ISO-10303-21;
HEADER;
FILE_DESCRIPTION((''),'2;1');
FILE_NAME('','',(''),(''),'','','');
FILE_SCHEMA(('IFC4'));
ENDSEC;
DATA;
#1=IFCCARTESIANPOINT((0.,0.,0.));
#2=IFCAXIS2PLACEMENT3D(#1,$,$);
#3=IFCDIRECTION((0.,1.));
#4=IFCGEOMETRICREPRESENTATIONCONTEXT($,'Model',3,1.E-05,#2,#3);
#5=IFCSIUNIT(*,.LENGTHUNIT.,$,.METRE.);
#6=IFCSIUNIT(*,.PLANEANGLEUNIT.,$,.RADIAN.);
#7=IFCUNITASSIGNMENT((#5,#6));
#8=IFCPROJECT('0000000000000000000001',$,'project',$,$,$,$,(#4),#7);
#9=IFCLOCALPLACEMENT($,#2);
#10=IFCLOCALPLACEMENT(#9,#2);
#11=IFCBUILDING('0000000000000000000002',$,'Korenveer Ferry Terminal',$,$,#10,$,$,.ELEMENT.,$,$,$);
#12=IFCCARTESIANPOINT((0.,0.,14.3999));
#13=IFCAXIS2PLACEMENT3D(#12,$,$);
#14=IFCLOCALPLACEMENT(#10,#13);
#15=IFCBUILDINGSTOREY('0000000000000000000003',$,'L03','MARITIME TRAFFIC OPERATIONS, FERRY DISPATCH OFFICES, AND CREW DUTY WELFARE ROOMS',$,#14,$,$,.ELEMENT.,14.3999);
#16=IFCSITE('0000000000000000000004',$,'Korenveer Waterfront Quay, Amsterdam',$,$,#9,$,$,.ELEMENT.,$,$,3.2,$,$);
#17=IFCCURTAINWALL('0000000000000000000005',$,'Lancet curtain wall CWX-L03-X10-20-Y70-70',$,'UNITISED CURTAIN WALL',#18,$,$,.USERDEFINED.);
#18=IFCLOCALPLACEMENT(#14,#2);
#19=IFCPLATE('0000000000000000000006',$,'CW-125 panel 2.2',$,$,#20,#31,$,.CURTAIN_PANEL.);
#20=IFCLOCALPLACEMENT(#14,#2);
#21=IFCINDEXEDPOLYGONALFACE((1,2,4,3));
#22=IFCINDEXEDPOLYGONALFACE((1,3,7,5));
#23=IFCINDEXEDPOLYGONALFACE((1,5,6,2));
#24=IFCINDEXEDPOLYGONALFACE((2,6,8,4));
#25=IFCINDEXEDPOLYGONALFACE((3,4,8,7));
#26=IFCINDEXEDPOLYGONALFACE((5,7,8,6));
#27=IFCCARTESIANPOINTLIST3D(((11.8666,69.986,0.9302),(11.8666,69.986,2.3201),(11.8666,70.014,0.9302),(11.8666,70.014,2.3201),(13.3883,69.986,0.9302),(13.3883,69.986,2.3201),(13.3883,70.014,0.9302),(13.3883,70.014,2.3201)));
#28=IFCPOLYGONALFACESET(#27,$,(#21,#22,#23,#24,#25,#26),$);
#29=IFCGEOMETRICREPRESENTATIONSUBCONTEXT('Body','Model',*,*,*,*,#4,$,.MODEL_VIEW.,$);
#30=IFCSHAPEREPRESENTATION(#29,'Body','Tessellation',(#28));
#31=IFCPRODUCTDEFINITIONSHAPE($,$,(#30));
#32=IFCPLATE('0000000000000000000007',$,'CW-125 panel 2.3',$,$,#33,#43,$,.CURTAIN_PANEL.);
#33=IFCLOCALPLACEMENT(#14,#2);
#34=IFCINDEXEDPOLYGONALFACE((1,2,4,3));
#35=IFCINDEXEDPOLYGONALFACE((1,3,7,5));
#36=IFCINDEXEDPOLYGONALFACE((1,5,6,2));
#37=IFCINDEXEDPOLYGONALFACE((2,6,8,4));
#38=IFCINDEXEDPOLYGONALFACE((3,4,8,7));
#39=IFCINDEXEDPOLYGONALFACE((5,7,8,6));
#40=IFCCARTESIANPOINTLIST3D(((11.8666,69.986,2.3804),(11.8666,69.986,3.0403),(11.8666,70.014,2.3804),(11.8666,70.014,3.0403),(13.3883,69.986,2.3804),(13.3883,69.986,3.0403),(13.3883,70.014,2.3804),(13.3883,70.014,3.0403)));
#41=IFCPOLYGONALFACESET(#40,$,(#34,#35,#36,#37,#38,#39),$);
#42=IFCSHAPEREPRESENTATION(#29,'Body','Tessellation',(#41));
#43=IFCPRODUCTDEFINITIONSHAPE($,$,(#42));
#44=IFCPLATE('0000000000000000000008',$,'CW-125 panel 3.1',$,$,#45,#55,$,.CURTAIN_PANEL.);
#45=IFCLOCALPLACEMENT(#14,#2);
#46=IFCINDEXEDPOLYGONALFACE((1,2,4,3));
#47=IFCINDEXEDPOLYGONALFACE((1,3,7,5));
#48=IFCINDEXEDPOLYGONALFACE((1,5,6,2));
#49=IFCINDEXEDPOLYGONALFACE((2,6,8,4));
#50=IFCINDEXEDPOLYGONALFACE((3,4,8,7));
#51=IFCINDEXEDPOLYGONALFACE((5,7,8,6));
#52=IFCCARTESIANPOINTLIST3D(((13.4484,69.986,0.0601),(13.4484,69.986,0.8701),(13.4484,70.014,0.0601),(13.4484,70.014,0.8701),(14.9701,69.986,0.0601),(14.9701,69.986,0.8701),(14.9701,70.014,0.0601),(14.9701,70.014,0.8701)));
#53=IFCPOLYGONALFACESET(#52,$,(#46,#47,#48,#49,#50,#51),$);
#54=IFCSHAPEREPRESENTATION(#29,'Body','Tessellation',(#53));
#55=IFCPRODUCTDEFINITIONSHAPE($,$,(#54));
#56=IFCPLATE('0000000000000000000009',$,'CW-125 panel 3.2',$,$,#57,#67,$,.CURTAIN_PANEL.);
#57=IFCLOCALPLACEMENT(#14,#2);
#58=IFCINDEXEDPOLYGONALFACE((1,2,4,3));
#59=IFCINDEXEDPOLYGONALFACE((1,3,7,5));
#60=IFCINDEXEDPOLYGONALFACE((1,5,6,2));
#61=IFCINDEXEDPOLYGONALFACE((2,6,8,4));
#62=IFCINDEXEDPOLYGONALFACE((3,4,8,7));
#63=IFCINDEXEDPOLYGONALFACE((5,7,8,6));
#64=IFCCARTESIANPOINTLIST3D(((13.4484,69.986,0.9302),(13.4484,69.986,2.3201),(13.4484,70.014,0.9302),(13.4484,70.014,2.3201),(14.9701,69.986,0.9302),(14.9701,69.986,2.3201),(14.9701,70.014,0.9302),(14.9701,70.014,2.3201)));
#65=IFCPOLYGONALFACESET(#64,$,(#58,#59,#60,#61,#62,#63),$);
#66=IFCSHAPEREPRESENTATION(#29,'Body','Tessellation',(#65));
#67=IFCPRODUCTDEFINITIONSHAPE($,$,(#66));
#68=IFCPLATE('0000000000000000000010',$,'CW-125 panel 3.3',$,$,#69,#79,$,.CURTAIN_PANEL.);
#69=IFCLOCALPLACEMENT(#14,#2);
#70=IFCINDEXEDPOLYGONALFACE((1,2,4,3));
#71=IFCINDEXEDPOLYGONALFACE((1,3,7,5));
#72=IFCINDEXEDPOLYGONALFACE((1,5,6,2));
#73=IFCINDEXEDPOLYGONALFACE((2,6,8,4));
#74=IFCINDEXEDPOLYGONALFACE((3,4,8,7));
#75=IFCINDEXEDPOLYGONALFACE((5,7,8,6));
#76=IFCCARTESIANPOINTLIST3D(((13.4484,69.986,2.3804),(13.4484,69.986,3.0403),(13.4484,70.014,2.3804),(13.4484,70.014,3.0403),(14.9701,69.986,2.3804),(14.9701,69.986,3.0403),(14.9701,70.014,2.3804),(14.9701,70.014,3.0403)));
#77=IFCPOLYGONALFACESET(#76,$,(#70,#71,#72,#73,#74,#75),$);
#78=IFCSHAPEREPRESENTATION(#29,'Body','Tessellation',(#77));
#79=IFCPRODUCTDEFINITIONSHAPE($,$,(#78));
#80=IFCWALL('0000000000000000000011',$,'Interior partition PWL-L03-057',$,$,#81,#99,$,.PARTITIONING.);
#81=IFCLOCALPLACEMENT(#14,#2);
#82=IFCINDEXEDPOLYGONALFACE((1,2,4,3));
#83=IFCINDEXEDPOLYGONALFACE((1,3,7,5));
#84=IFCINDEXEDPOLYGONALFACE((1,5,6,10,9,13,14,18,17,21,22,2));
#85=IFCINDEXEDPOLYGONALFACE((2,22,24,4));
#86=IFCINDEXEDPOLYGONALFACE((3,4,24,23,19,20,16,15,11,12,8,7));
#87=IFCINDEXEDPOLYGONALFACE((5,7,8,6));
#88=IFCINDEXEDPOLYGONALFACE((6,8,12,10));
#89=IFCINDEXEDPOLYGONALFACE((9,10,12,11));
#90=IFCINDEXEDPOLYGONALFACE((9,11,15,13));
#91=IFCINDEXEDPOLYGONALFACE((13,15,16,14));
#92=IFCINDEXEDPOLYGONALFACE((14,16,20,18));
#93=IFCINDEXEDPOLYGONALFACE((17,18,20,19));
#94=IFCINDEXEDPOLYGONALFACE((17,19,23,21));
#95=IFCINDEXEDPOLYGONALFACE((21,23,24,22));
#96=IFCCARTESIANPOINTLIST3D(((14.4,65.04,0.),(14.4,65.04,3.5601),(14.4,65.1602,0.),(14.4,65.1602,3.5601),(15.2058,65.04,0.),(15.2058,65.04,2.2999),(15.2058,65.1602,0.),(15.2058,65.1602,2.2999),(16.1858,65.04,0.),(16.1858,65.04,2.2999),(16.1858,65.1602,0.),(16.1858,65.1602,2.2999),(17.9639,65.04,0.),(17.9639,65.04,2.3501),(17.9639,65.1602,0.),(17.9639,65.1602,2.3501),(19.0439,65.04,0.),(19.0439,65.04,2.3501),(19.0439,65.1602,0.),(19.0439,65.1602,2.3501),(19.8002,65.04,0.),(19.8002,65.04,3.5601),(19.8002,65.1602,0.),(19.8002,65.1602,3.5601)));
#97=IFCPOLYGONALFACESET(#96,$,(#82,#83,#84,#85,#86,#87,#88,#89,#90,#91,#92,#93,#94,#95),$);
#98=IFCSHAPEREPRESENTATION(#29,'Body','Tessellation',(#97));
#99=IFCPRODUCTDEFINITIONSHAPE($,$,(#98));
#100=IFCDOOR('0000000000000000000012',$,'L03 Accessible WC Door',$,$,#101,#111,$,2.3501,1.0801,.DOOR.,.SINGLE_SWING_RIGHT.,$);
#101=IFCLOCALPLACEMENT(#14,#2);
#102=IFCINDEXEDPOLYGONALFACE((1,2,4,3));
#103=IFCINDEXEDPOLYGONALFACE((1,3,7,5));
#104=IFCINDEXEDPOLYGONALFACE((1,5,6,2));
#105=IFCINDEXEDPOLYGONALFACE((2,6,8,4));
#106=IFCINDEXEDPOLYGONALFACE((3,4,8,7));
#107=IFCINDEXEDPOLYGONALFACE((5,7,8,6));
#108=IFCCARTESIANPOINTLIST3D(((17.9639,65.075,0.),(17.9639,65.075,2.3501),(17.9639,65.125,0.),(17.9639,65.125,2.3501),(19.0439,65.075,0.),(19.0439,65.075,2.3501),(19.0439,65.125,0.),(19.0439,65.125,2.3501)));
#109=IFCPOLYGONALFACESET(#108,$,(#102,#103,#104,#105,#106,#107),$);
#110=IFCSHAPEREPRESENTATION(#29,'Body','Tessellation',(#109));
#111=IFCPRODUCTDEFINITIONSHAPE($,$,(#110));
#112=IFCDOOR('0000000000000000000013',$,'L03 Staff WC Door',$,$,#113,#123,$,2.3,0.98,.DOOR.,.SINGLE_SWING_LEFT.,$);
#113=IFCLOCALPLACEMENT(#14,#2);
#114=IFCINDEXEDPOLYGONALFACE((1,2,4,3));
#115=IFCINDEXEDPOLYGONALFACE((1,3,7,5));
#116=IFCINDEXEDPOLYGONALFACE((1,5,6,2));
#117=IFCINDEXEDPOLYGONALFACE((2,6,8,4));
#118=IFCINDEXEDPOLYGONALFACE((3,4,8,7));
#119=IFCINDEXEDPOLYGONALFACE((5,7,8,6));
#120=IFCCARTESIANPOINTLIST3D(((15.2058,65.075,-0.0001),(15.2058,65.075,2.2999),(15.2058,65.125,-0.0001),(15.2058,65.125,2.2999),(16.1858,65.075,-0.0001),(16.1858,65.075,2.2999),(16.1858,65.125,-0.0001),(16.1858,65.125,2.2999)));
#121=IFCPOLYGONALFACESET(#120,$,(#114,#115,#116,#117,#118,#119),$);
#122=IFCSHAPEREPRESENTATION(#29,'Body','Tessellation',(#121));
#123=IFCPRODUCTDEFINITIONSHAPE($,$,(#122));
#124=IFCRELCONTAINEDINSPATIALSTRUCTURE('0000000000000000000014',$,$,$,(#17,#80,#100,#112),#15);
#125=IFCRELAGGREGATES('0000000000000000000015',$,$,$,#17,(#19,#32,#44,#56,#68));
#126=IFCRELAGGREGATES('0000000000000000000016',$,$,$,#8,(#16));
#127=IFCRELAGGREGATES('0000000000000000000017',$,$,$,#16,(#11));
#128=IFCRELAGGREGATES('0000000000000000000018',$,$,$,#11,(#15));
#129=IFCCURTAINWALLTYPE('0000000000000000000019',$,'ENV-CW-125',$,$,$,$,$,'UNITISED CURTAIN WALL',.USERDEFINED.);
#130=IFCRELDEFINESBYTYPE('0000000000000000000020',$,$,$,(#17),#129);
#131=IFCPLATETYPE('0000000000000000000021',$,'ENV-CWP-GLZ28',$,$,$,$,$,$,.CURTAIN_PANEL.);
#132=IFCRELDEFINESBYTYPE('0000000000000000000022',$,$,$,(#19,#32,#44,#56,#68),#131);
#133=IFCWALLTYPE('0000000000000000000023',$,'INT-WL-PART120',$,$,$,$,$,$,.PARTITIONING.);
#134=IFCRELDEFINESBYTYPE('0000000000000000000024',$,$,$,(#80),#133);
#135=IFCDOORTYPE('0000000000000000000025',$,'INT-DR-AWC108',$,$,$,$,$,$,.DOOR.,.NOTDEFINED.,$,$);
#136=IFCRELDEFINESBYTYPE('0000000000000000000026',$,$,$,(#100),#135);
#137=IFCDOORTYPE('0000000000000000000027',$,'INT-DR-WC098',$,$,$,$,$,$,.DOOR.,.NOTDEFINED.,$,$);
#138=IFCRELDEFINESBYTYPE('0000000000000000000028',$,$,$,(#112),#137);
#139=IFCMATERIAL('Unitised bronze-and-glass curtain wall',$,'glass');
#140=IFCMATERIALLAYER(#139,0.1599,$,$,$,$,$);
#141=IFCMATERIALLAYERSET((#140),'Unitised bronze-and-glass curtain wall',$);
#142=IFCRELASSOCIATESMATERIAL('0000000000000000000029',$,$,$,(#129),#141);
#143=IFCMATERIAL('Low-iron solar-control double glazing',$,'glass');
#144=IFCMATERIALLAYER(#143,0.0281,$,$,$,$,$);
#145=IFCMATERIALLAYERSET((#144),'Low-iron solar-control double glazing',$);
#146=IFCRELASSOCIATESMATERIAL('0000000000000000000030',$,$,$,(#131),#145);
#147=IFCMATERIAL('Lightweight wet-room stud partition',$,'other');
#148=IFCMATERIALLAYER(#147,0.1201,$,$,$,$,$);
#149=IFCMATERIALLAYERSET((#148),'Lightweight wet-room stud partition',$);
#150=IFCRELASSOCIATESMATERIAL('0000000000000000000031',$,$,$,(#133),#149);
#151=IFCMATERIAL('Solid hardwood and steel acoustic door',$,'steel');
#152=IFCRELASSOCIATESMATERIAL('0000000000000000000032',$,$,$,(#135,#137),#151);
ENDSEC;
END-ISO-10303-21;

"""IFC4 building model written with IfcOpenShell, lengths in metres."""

from ifc_helpers import new_model, si_unit, direction, frame, frame_2d, origin, origin_2d, place, context, subcontext, project, spatial, rectangle, extrude, material, layer, layer_set, type_object, element, fill, aggregate, save


model = new_model("IFC4")

# Units and contexts
model_context = context("Model", 3, precision=1e-05, world=origin(), true_north=direction((0.0, 1.0)))
body_context = subcontext(model_context, "Body", "Model", "MODEL_VIEW")
ifc_project = project(units=[si_unit("LENGTHUNIT", "METRE"), si_unit("PLANEANGLEUNIT", "RADIAN")], contexts=[model_context])

# Site, building, storey
site_placement = place(None, origin())
site = spatial("IfcSite", under=ifc_project, at=site_placement, Name="Korenveer Waterfront Quay, Amsterdam", CompositionType="ELEMENT", RefElevation=3.2)
building_placement = place(site_placement, origin())
building = spatial("IfcBuilding", under=site, at=building_placement, Name="Korenveer Ferry Terminal", CompositionType="ELEMENT")
storey_placement = place(building_placement, frame((0.0, 0.0, 14.3999)))
storey = spatial("IfcBuildingStorey", under=building, at=storey_placement, Name="L03", Description="MARITIME TRAFFIC OPERATIONS, FERRY DISPATCH OFFICES, AND CREW DUTY WELFARE ROOMS", CompositionType="ELEMENT", Elevation=14.3999)

# Curtain wall, plates
ifc_material_1 = material(Name="Unitised bronze-and-glass curtain wall", Category="glass")
ifc_layer_1 = layer(ifc_material_1, 0.1599)
ifc_layer_set_1 = layer_set([ifc_layer_1], Name="Unitised bronze-and-glass curtain wall")
curtain_wall_type = type_object("IfcCurtainWallType", Name="ENV-CW-125", ElementType="UNITISED CURTAIN WALL", PredefinedType="USERDEFINED", material=ifc_layer_set_1)
curtain_wall_placement = place(storey_placement, frame((10.2549, 70.0, 0.0)))
curtain_wall = element("IfcCurtainWall", 1, at=curtain_wall_placement, inside=storey, type_object=curtain_wall_type, Name="Lancet curtain wall CWX-L03-X10-20-Y70-70", ObjectType="UNITISED CURTAIN WALL", PredefinedType="USERDEFINED")
ifc_material_2 = material(Name="Low-iron solar-control double glazing", Category="glass")
ifc_layer_2 = layer(ifc_material_2, 0.0281)
ifc_layer_set_2 = layer_set([ifc_layer_2], Name="Low-iron solar-control double glazing")
plate_type = type_object("IfcPlateType", Name="ENV-CWP-GLZ28", PredefinedType="CURTAIN_PANEL", material=ifc_layer_set_2)
plate_1_placement = place(storey_placement, frame((12.6274, 70.0, 0.9302), z_axis=(0.0, 0.0, 1.0), x_axis=(1.0, 0.0, 0.0)))
plate_1 = element("IfcPlate", 2, at=plate_1_placement, type_object=plate_type, Name="CW-125 panel 2.2", PredefinedType="CURTAIN_PANEL", context=body_context, shape_type="SweptSolid", body=[
    extrude(rectangle(XDim=1.5217, YDim=0.0281, at=origin_2d()), origin(), (0.0, 0.0, 1.0), 1.3899),
])
plate_2_placement = place(storey_placement, frame((12.6274, 70.0, 2.3804), z_axis=(0.0, 0.0, 1.0), x_axis=(1.0, 0.0, 0.0)))
plate_2 = element("IfcPlate", 3, at=plate_2_placement, type_object=plate_type, Name="CW-125 panel 2.3", PredefinedType="CURTAIN_PANEL", context=body_context, shape_type="SweptSolid", body=[
    extrude(rectangle(XDim=1.5217, YDim=0.0281, at=origin_2d()), origin(), (0.0, 0.0, 1.0), 0.6599),
])
plate_3_placement = place(storey_placement, frame((14.2092, 70.0, 0.0601), z_axis=(0.0, 0.0, 1.0), x_axis=(1.0, 0.0, 0.0)))
plate_3 = element("IfcPlate", 4, at=plate_3_placement, type_object=plate_type, Name="CW-125 panel 3.1", PredefinedType="CURTAIN_PANEL", context=body_context, shape_type="SweptSolid", body=[
    extrude(rectangle(XDim=1.5217, YDim=0.0281, at=origin_2d()), origin(), (0.0, 0.0, 1.0), 0.8101),
])
plate_4_placement = place(storey_placement, frame((14.2092, 70.0, 0.9302), z_axis=(0.0, 0.0, 1.0), x_axis=(1.0, 0.0, 0.0)))
plate_4 = element("IfcPlate", 5, at=plate_4_placement, type_object=plate_type, Name="CW-125 panel 3.2", PredefinedType="CURTAIN_PANEL", context=body_context, shape_type="SweptSolid", body=[
    extrude(rectangle(XDim=1.5217, YDim=0.0281, at=origin_2d()), origin(), (0.0, 0.0, 1.0), 1.3899),
])
plate_5_placement = place(storey_placement, frame((14.2092, 70.0, 2.3804), z_axis=(0.0, 0.0, 1.0), x_axis=(1.0, 0.0, 0.0)))
plate_5 = element("IfcPlate", 6, at=plate_5_placement, type_object=plate_type, Name="CW-125 panel 3.3", PredefinedType="CURTAIN_PANEL", context=body_context, shape_type="SweptSolid", body=[
    extrude(rectangle(XDim=1.5217, YDim=0.0281, at=origin_2d()), origin(), (0.0, 0.0, 1.0), 0.6599),
])
aggregate(curtain_wall, [plate_1, plate_2, plate_3, plate_4, plate_5])

# Wall, openings, doors
ifc_material_3 = material(Name="Lightweight wet-room stud partition", Category="other")
ifc_layer_3 = layer(ifc_material_3, 0.1201)
ifc_layer_set_3 = layer_set([ifc_layer_3], Name="Lightweight wet-room stud partition")
wall_type = type_object("IfcWallType", Name="INT-WL-PART120", PredefinedType="PARTITIONING", material=ifc_layer_set_3)
wall_placement = place(storey_placement, frame((14.3999, 65.1001, 0.0), z_axis=(0.0, 0.0, 1.0), x_axis=(1.0, 0.0, 0.0)))
wall = element("IfcWall", 7, at=wall_placement, inside=storey, type_object=wall_type, Name="Interior partition PWL-L03-057", PredefinedType="PARTITIONING", context=body_context, shape_type="SweptSolid", body=[
    extrude(rectangle(XDim=5.4001, YDim=0.1201, at=frame_2d((2.7002, 0.0))), origin(), (0.0, 0.0, 1.0), 3.5601),
])
opening_1_placement = place(wall_placement, frame((0.8059, 0.0, 0.0)))
opening_1 = element("IfcOpeningElement", 8, at=opening_1_placement, cuts=wall, PredefinedType="OPENING", context=body_context, shape_type="SweptSolid", body=[
    extrude(rectangle(XDim=0.98, YDim=2.3, at=frame_2d((0.49, 1.1499))), frame((0.0, 0.0701, 0.0), z_axis=(0.0, -1.0, 0.0), x_axis=(1.0, 0.0, 0.0)), (0.0, 0.0, 1.0), 0.1401),
])
opening_2_placement = place(wall_placement, frame((3.564, 0.0, 0.0)))
opening_2 = element("IfcOpeningElement", 9, at=opening_2_placement, cuts=wall, PredefinedType="OPENING", context=body_context, shape_type="SweptSolid", body=[
    extrude(rectangle(XDim=1.0801, YDim=2.3501, at=frame_2d((0.54, 1.175))), frame((0.0, 0.0701, 0.0), z_axis=(0.0, -1.0, 0.0), x_axis=(1.0, 0.0, 0.0)), (0.0, 0.0, 1.0), 0.1401),
])
ifc_material_4 = material(Name="Solid hardwood and steel acoustic door", Category="steel")
door_type_1 = type_object("IfcDoorType", Name="INT-DR-AWC108", OperationType="NOTDEFINED", PredefinedType="DOOR", material=ifc_material_4)
door_1_placement = place(opening_2_placement, origin())
door_1 = element("IfcDoor", 10, at=door_1_placement, inside=storey, type_object=door_type_1, Name="L03 Accessible WC Door", OperationType="SINGLE_SWING_RIGHT", OverallHeight=2.3501, OverallWidth=1.0801, PredefinedType="DOOR", context=body_context, shape_type="SweptSolid", body=[
    extrude(rectangle(XDim=1.0801, YDim=2.3501, at=frame_2d((0.54, 1.175))), frame((0.0, 0.0249, 0.0), z_axis=(0.0, -1.0, 0.0), x_axis=(1.0, 0.0, 0.0)), (0.0, 0.0, 1.0), 0.05),
])
fill(opening_2, door_1)
door_type_2 = type_object("IfcDoorType", Name="INT-DR-WC098", OperationType="NOTDEFINED", PredefinedType="DOOR", material=ifc_material_4)
door_2_placement = place(opening_1_placement, origin())
door_2 = element("IfcDoor", 11, at=door_2_placement, inside=storey, type_object=door_type_2, Name="L03 Staff WC Door", OperationType="SINGLE_SWING_LEFT", OverallHeight=2.3, OverallWidth=0.98, PredefinedType="DOOR", context=body_context, shape_type="SweptSolid", body=[
    extrude(rectangle(XDim=0.98, YDim=2.3, at=frame_2d((0.49, 1.1499))), frame((0.0, 0.0249, 0.0), z_axis=(0.0, -1.0, 0.0), x_axis=(1.0, 0.0, 0.0)), (0.0, 0.0, 1.0), 0.05),
])
fill(opening_1, door_2)

save(model, "model.ifc")
